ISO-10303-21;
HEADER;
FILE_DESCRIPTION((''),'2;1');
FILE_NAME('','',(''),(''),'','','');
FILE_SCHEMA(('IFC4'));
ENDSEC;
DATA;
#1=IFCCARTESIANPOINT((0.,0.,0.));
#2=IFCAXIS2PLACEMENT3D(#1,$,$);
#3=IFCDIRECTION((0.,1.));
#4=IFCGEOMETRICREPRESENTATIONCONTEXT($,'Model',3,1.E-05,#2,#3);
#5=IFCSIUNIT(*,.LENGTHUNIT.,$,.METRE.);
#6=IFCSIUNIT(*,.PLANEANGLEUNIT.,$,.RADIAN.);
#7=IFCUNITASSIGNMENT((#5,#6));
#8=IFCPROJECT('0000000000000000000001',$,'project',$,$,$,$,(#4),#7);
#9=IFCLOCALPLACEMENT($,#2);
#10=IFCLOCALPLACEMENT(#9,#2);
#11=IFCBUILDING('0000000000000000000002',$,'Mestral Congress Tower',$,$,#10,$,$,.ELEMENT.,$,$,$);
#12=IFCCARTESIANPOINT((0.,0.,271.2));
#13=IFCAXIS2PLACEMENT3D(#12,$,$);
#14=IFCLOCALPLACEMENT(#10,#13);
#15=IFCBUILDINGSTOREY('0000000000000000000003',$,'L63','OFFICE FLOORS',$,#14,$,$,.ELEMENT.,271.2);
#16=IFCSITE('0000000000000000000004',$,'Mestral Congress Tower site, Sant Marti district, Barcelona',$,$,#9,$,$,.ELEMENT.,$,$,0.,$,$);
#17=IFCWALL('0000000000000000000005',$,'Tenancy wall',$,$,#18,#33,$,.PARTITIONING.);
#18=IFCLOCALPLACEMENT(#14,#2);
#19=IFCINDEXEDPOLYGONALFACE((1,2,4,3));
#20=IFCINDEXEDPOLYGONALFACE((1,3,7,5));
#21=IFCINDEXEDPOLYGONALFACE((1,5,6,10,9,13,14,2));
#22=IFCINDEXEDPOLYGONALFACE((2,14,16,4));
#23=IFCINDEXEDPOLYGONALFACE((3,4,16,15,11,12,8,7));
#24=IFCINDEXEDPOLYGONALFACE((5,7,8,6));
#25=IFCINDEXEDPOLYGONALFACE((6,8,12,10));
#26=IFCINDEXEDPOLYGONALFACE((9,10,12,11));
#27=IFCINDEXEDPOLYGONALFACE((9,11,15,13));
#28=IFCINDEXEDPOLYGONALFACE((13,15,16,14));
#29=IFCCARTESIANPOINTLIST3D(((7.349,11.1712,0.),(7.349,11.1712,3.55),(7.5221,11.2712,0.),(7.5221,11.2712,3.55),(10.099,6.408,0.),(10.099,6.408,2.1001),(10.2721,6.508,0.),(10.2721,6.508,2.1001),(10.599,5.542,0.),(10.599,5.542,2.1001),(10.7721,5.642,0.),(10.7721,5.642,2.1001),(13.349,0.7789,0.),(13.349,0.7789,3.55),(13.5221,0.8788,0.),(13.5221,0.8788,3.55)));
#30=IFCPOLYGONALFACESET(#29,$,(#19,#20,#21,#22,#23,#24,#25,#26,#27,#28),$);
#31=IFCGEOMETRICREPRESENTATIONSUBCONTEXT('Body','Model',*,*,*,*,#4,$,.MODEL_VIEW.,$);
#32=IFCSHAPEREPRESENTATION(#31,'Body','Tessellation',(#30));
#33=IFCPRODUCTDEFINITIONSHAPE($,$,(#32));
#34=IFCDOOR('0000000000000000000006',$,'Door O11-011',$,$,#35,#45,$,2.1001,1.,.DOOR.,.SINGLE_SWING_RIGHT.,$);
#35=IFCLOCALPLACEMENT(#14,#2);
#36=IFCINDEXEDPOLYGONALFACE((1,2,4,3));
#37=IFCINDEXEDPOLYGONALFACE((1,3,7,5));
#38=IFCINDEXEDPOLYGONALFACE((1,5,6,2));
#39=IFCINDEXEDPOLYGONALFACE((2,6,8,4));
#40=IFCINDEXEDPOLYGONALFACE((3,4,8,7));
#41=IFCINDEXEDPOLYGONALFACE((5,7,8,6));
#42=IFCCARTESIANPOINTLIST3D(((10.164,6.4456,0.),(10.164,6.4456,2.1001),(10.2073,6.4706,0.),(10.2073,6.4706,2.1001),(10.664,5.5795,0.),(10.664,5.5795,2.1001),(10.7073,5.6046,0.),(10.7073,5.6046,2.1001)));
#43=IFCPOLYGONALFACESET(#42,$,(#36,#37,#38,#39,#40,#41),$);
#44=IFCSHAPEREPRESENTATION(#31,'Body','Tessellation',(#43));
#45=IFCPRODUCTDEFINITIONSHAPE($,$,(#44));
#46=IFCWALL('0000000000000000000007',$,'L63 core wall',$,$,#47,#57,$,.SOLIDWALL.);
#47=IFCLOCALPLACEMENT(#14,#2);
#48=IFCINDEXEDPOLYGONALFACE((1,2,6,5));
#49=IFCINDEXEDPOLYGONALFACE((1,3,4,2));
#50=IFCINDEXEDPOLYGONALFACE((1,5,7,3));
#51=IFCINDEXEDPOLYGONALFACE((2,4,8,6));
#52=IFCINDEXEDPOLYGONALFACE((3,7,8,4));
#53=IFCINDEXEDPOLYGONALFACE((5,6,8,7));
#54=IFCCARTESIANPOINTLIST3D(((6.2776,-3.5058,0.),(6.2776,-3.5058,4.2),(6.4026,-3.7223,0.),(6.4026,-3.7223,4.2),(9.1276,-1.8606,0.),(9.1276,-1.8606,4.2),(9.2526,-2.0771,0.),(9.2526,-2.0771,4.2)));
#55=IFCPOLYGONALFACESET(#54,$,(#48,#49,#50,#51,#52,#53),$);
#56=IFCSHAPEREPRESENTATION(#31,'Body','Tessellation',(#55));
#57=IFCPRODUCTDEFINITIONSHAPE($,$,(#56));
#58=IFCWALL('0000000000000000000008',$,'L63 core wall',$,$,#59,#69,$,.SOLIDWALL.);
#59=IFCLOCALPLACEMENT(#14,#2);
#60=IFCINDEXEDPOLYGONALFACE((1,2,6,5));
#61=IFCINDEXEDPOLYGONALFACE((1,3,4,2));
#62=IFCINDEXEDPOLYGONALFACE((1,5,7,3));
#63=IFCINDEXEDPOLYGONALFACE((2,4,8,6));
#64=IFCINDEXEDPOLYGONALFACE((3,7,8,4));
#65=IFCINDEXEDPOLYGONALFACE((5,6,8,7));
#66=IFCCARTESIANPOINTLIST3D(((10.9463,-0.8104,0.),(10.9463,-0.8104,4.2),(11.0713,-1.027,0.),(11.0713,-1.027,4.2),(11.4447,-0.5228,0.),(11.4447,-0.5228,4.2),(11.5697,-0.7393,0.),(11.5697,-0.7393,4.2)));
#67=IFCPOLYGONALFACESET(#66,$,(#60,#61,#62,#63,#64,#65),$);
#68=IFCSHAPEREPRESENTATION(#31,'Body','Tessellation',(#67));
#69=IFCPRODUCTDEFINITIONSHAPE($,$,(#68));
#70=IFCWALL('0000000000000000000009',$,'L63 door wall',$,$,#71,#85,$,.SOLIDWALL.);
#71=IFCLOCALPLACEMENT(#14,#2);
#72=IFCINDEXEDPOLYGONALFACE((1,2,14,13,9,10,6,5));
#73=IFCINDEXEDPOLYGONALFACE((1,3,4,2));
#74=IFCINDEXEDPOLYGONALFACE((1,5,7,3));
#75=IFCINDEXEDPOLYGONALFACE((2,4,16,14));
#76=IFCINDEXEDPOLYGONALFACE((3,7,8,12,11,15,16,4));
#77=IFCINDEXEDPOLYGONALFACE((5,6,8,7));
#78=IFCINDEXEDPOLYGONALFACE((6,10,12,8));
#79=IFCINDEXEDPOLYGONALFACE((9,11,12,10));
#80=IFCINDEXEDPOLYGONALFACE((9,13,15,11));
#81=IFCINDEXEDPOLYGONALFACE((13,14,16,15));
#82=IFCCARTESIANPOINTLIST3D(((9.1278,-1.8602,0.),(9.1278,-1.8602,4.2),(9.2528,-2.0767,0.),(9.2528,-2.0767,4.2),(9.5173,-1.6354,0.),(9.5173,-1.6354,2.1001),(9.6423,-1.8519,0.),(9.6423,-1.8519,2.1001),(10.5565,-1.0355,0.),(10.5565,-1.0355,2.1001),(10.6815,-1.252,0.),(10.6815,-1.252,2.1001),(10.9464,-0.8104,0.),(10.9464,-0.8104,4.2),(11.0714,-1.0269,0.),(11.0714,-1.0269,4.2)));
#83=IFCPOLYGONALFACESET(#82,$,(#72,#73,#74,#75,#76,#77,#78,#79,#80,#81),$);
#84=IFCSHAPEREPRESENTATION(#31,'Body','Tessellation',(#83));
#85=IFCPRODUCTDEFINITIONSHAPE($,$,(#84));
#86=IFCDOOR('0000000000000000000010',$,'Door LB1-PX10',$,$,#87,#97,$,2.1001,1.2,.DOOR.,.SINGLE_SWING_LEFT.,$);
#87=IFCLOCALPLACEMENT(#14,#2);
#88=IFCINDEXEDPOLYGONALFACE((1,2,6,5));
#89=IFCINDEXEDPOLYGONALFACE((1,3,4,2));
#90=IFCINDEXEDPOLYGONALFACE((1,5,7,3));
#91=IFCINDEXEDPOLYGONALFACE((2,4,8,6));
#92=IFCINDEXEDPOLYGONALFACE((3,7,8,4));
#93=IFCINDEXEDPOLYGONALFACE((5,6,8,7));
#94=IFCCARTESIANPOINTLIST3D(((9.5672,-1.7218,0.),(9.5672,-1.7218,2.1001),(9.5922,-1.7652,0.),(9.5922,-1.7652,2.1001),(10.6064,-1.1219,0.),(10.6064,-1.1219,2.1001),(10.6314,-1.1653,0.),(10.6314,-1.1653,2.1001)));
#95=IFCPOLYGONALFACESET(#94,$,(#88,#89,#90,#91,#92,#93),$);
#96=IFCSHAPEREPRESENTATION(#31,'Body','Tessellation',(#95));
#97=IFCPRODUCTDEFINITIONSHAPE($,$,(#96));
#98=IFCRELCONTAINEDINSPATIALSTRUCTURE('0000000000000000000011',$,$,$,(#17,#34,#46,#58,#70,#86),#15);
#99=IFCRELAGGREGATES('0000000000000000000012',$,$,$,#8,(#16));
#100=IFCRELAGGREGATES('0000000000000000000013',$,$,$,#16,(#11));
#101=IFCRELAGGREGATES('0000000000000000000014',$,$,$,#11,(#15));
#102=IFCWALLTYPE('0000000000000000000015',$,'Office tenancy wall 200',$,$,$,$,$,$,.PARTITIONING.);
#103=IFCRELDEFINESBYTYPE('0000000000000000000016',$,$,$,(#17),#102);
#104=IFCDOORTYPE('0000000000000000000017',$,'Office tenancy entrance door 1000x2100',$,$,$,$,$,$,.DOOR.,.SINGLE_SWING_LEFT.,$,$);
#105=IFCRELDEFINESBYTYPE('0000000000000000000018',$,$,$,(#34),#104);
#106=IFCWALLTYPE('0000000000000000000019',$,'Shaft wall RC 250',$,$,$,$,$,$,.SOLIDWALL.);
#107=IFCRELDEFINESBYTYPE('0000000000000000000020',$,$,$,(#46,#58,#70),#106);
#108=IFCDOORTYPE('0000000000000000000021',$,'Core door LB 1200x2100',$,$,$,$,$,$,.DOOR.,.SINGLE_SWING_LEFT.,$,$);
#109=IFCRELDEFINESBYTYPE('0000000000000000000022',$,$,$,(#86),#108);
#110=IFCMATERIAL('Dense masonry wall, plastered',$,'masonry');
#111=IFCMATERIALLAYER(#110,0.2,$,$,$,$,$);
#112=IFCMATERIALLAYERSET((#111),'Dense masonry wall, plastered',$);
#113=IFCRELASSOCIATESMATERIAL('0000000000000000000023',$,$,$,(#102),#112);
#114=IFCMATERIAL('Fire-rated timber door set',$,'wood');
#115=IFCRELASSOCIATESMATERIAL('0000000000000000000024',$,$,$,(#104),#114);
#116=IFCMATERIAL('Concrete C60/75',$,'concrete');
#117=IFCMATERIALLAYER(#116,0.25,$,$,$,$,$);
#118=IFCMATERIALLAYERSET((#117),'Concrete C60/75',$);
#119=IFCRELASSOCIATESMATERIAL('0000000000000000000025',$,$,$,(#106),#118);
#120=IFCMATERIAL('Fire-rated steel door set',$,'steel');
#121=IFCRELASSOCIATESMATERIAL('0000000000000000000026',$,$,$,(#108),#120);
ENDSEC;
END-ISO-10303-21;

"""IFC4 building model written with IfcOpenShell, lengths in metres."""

from ifc_helpers import new_model, si_unit, direction, frame, frame_2d, origin, place, context, subcontext, project, spatial, rectangle, extrude, material, layer, layer_set, type_object, element, fill, save


model = new_model("IFC4")

# Units and contexts
model_context = context("Model", 3, precision=1e-05, world=origin(), true_north=direction((0.0, 1.0)))
body_context = subcontext(model_context, "Body", "Model", "MODEL_VIEW")
ifc_project = project(units=[si_unit("LENGTHUNIT", "METRE"), si_unit("PLANEANGLEUNIT", "RADIAN")], contexts=[model_context])

# Site, building, storey
site_placement = place(None, origin())
site = spatial("IfcSite", under=ifc_project, at=site_placement, Name="Mestral Congress Tower site, Sant Marti district, Barcelona", CompositionType="ELEMENT", RefElevation=0.0)
building_placement = place(site_placement, origin())
building = spatial("IfcBuilding", under=site, at=building_placement, Name="Mestral Congress Tower", CompositionType="ELEMENT")
storey_placement = place(building_placement, frame((0.0, 0.0, 271.2)))
storey = spatial("IfcBuildingStorey", under=building, at=storey_placement, Name="L63", Description="OFFICE FLOORS", CompositionType="ELEMENT", Elevation=271.2)

# Shared definitions
ifc_material_1 = material(Name="Concrete C60/75", Category="concrete")

# Shared definitions
ifc_material_2 = material(Name="Fire-rated steel door set", Category="steel")

# Wall, opening, door
ifc_material_3 = material(Name="Dense masonry wall, plastered", Category="masonry")
ifc_layer_1 = layer(ifc_material_3, 0.2)
ifc_layer_set_1 = layer_set([ifc_layer_1], Name="Dense masonry wall, plastered")
wall_type_1 = type_object("IfcWallType", Name="Office tenancy wall 200", PredefinedType="PARTITIONING", material=ifc_layer_set_1)
wall_1_placement = place(storey_placement, frame((13.4355, 0.8289, 0.0), z_axis=(0.0, 0.0, 1.0), x_axis=(-0.499999, 0.866026, 0.0)))
wall_1 = element("IfcWall", 1, at=wall_1_placement, inside=storey, type_object=wall_type_1, Name="Tenancy wall", PredefinedType="PARTITIONING", context=body_context, shape_type="SweptSolid", body=[
    extrude(rectangle(XDim=12.0, YDim=0.2, at=frame_2d((6.0, 0.0))), origin(), (0.0, 0.0, 1.0), 3.55),
])
opening_1_placement = place(wall_1_placement, frame((5.5, 0.0, 0.0)))
opening_1 = element("IfcOpeningElement", 2, at=opening_1_placement, cuts=wall_1, PredefinedType="OPENING", context=body_context, shape_type="SweptSolid", body=[
    extrude(rectangle(XDim=1.0, YDim=2.1001, at=frame_2d((0.5, 1.05))), frame((0.0, 0.1099, 0.0), z_axis=(0.0, -1.0, 0.0), x_axis=(1.0, 0.0, 0.0)), (0.0, 0.0, 1.0), 0.22),
])
ifc_material_4 = material(Name="Fire-rated timber door set", Category="wood")
door_type_1 = type_object("IfcDoorType", Name="Office tenancy entrance door 1000x2100", OperationType="SINGLE_SWING_LEFT", PredefinedType="DOOR", material=ifc_material_4)
door_1_placement = place(opening_1_placement, origin())
door_1 = element("IfcDoor", 3, at=door_1_placement, inside=storey, type_object=door_type_1, Name="Door O11-011", OperationType="SINGLE_SWING_RIGHT", OverallHeight=2.1001, OverallWidth=1.0, PredefinedType="DOOR", context=body_context, shape_type="SweptSolid", body=[
    extrude(rectangle(XDim=1.0, YDim=2.1001, at=frame_2d((0.5, 1.05))), frame((0.0, 0.0249, 0.0), z_axis=(0.0, -1.0, 0.0), x_axis=(1.0, 0.0, 0.0)), (0.0, 0.0, 1.0), 0.05),
])
fill(opening_1, door_1)

# Walls
ifc_layer_2 = layer(ifc_material_1, 0.25)
ifc_layer_set_2 = layer_set([ifc_layer_2], Name="Concrete C60/75")
wall_type_2 = type_object("IfcWallType", Name="Shaft wall RC 250", PredefinedType="SOLIDWALL", material=ifc_layer_set_2)
wall_2_placement = place(storey_placement, frame((9.1902, -1.9688, 0.0), z_axis=(0.0, 0.0, 1.0), x_axis=(-0.866057, -0.499945, 0.0)))
element("IfcWall", 4, at=wall_2_placement, inside=storey, type_object=wall_type_2, Name="L63 core wall", PredefinedType="SOLIDWALL", context=body_context, shape_type="SweptSolid", body=[
    extrude(rectangle(XDim=3.2908, YDim=0.25, at=frame_2d((1.6455, 0.0))), origin(), (0.0, 0.0, 1.0), 4.2),
])
wall_3_placement = place(storey_placement, frame((11.5071, -0.6311, 0.0), z_axis=(0.0, 0.0, 1.0), x_axis=(-0.866094, -0.499882, 0.0)))
element("IfcWall", 5, at=wall_3_placement, inside=storey, type_object=wall_type_2, Name="L63 core wall", PredefinedType="SOLIDWALL", context=body_context, shape_type="SweptSolid", body=[
    extrude(rectangle(XDim=0.5754, YDim=0.25, at=frame_2d((0.2876, 0.0))), origin(), (0.0, 0.0, 1.0), 4.2),
])

# Wall, opening, door
wall_4_placement = place(storey_placement, frame((11.0088, -0.9187, 0.0), z_axis=(0.0, 0.0, 1.0), x_axis=(-0.86606, -0.499941, 0.0)))
wall_4 = element("IfcWall", 6, at=wall_4_placement, inside=storey, type_object=wall_type_2, Name="L63 door wall", PredefinedType="SOLIDWALL", context=body_context, shape_type="SweptSolid", body=[
    extrude(rectangle(XDim=2.0999, YDim=0.25, at=frame_2d((1.0498, 0.0))), origin(), (0.0, 0.0, 1.0), 4.2),
])
opening_2_placement = place(wall_4_placement, frame((0.45, 0.0, 0.0)))
opening_2 = element("IfcOpeningElement", 7, at=opening_2_placement, cuts=wall_4, PredefinedType="OPENING", context=body_context, shape_type="SweptSolid", body=[
    extrude(rectangle(XDim=1.2, YDim=2.1001, at=frame_2d((0.6001, 1.05))), frame((0.0, 0.135, 0.0), z_axis=(0.0, -1.0, 0.0), x_axis=(1.0, 0.0, 0.0)), (0.0, 0.0, 1.0), 0.27),
])
door_type_2 = type_object("IfcDoorType", Name="Core door LB 1200x2100", OperationType="SINGLE_SWING_LEFT", PredefinedType="DOOR", material=ifc_material_2)
door_2_placement = place(opening_2_placement, origin())
door_2 = element("IfcDoor", 8, at=door_2_placement, inside=storey, type_object=door_type_2, Name="Door LB1-PX10", OperationType="SINGLE_SWING_LEFT", OverallHeight=2.1001, OverallWidth=1.2, PredefinedType="DOOR", context=body_context, shape_type="SweptSolid", body=[
    extrude(rectangle(XDim=1.2, YDim=2.1001, at=frame_2d((0.6001, 1.05))), frame((0.0, 0.0249, 0.0), z_axis=(0.0, -1.0, 0.0), x_axis=(1.0, 0.0, 0.0)), (0.0, 0.0, 1.0), 0.05),
])
fill(opening_2, door_2)

save(model, "model.ifc")
